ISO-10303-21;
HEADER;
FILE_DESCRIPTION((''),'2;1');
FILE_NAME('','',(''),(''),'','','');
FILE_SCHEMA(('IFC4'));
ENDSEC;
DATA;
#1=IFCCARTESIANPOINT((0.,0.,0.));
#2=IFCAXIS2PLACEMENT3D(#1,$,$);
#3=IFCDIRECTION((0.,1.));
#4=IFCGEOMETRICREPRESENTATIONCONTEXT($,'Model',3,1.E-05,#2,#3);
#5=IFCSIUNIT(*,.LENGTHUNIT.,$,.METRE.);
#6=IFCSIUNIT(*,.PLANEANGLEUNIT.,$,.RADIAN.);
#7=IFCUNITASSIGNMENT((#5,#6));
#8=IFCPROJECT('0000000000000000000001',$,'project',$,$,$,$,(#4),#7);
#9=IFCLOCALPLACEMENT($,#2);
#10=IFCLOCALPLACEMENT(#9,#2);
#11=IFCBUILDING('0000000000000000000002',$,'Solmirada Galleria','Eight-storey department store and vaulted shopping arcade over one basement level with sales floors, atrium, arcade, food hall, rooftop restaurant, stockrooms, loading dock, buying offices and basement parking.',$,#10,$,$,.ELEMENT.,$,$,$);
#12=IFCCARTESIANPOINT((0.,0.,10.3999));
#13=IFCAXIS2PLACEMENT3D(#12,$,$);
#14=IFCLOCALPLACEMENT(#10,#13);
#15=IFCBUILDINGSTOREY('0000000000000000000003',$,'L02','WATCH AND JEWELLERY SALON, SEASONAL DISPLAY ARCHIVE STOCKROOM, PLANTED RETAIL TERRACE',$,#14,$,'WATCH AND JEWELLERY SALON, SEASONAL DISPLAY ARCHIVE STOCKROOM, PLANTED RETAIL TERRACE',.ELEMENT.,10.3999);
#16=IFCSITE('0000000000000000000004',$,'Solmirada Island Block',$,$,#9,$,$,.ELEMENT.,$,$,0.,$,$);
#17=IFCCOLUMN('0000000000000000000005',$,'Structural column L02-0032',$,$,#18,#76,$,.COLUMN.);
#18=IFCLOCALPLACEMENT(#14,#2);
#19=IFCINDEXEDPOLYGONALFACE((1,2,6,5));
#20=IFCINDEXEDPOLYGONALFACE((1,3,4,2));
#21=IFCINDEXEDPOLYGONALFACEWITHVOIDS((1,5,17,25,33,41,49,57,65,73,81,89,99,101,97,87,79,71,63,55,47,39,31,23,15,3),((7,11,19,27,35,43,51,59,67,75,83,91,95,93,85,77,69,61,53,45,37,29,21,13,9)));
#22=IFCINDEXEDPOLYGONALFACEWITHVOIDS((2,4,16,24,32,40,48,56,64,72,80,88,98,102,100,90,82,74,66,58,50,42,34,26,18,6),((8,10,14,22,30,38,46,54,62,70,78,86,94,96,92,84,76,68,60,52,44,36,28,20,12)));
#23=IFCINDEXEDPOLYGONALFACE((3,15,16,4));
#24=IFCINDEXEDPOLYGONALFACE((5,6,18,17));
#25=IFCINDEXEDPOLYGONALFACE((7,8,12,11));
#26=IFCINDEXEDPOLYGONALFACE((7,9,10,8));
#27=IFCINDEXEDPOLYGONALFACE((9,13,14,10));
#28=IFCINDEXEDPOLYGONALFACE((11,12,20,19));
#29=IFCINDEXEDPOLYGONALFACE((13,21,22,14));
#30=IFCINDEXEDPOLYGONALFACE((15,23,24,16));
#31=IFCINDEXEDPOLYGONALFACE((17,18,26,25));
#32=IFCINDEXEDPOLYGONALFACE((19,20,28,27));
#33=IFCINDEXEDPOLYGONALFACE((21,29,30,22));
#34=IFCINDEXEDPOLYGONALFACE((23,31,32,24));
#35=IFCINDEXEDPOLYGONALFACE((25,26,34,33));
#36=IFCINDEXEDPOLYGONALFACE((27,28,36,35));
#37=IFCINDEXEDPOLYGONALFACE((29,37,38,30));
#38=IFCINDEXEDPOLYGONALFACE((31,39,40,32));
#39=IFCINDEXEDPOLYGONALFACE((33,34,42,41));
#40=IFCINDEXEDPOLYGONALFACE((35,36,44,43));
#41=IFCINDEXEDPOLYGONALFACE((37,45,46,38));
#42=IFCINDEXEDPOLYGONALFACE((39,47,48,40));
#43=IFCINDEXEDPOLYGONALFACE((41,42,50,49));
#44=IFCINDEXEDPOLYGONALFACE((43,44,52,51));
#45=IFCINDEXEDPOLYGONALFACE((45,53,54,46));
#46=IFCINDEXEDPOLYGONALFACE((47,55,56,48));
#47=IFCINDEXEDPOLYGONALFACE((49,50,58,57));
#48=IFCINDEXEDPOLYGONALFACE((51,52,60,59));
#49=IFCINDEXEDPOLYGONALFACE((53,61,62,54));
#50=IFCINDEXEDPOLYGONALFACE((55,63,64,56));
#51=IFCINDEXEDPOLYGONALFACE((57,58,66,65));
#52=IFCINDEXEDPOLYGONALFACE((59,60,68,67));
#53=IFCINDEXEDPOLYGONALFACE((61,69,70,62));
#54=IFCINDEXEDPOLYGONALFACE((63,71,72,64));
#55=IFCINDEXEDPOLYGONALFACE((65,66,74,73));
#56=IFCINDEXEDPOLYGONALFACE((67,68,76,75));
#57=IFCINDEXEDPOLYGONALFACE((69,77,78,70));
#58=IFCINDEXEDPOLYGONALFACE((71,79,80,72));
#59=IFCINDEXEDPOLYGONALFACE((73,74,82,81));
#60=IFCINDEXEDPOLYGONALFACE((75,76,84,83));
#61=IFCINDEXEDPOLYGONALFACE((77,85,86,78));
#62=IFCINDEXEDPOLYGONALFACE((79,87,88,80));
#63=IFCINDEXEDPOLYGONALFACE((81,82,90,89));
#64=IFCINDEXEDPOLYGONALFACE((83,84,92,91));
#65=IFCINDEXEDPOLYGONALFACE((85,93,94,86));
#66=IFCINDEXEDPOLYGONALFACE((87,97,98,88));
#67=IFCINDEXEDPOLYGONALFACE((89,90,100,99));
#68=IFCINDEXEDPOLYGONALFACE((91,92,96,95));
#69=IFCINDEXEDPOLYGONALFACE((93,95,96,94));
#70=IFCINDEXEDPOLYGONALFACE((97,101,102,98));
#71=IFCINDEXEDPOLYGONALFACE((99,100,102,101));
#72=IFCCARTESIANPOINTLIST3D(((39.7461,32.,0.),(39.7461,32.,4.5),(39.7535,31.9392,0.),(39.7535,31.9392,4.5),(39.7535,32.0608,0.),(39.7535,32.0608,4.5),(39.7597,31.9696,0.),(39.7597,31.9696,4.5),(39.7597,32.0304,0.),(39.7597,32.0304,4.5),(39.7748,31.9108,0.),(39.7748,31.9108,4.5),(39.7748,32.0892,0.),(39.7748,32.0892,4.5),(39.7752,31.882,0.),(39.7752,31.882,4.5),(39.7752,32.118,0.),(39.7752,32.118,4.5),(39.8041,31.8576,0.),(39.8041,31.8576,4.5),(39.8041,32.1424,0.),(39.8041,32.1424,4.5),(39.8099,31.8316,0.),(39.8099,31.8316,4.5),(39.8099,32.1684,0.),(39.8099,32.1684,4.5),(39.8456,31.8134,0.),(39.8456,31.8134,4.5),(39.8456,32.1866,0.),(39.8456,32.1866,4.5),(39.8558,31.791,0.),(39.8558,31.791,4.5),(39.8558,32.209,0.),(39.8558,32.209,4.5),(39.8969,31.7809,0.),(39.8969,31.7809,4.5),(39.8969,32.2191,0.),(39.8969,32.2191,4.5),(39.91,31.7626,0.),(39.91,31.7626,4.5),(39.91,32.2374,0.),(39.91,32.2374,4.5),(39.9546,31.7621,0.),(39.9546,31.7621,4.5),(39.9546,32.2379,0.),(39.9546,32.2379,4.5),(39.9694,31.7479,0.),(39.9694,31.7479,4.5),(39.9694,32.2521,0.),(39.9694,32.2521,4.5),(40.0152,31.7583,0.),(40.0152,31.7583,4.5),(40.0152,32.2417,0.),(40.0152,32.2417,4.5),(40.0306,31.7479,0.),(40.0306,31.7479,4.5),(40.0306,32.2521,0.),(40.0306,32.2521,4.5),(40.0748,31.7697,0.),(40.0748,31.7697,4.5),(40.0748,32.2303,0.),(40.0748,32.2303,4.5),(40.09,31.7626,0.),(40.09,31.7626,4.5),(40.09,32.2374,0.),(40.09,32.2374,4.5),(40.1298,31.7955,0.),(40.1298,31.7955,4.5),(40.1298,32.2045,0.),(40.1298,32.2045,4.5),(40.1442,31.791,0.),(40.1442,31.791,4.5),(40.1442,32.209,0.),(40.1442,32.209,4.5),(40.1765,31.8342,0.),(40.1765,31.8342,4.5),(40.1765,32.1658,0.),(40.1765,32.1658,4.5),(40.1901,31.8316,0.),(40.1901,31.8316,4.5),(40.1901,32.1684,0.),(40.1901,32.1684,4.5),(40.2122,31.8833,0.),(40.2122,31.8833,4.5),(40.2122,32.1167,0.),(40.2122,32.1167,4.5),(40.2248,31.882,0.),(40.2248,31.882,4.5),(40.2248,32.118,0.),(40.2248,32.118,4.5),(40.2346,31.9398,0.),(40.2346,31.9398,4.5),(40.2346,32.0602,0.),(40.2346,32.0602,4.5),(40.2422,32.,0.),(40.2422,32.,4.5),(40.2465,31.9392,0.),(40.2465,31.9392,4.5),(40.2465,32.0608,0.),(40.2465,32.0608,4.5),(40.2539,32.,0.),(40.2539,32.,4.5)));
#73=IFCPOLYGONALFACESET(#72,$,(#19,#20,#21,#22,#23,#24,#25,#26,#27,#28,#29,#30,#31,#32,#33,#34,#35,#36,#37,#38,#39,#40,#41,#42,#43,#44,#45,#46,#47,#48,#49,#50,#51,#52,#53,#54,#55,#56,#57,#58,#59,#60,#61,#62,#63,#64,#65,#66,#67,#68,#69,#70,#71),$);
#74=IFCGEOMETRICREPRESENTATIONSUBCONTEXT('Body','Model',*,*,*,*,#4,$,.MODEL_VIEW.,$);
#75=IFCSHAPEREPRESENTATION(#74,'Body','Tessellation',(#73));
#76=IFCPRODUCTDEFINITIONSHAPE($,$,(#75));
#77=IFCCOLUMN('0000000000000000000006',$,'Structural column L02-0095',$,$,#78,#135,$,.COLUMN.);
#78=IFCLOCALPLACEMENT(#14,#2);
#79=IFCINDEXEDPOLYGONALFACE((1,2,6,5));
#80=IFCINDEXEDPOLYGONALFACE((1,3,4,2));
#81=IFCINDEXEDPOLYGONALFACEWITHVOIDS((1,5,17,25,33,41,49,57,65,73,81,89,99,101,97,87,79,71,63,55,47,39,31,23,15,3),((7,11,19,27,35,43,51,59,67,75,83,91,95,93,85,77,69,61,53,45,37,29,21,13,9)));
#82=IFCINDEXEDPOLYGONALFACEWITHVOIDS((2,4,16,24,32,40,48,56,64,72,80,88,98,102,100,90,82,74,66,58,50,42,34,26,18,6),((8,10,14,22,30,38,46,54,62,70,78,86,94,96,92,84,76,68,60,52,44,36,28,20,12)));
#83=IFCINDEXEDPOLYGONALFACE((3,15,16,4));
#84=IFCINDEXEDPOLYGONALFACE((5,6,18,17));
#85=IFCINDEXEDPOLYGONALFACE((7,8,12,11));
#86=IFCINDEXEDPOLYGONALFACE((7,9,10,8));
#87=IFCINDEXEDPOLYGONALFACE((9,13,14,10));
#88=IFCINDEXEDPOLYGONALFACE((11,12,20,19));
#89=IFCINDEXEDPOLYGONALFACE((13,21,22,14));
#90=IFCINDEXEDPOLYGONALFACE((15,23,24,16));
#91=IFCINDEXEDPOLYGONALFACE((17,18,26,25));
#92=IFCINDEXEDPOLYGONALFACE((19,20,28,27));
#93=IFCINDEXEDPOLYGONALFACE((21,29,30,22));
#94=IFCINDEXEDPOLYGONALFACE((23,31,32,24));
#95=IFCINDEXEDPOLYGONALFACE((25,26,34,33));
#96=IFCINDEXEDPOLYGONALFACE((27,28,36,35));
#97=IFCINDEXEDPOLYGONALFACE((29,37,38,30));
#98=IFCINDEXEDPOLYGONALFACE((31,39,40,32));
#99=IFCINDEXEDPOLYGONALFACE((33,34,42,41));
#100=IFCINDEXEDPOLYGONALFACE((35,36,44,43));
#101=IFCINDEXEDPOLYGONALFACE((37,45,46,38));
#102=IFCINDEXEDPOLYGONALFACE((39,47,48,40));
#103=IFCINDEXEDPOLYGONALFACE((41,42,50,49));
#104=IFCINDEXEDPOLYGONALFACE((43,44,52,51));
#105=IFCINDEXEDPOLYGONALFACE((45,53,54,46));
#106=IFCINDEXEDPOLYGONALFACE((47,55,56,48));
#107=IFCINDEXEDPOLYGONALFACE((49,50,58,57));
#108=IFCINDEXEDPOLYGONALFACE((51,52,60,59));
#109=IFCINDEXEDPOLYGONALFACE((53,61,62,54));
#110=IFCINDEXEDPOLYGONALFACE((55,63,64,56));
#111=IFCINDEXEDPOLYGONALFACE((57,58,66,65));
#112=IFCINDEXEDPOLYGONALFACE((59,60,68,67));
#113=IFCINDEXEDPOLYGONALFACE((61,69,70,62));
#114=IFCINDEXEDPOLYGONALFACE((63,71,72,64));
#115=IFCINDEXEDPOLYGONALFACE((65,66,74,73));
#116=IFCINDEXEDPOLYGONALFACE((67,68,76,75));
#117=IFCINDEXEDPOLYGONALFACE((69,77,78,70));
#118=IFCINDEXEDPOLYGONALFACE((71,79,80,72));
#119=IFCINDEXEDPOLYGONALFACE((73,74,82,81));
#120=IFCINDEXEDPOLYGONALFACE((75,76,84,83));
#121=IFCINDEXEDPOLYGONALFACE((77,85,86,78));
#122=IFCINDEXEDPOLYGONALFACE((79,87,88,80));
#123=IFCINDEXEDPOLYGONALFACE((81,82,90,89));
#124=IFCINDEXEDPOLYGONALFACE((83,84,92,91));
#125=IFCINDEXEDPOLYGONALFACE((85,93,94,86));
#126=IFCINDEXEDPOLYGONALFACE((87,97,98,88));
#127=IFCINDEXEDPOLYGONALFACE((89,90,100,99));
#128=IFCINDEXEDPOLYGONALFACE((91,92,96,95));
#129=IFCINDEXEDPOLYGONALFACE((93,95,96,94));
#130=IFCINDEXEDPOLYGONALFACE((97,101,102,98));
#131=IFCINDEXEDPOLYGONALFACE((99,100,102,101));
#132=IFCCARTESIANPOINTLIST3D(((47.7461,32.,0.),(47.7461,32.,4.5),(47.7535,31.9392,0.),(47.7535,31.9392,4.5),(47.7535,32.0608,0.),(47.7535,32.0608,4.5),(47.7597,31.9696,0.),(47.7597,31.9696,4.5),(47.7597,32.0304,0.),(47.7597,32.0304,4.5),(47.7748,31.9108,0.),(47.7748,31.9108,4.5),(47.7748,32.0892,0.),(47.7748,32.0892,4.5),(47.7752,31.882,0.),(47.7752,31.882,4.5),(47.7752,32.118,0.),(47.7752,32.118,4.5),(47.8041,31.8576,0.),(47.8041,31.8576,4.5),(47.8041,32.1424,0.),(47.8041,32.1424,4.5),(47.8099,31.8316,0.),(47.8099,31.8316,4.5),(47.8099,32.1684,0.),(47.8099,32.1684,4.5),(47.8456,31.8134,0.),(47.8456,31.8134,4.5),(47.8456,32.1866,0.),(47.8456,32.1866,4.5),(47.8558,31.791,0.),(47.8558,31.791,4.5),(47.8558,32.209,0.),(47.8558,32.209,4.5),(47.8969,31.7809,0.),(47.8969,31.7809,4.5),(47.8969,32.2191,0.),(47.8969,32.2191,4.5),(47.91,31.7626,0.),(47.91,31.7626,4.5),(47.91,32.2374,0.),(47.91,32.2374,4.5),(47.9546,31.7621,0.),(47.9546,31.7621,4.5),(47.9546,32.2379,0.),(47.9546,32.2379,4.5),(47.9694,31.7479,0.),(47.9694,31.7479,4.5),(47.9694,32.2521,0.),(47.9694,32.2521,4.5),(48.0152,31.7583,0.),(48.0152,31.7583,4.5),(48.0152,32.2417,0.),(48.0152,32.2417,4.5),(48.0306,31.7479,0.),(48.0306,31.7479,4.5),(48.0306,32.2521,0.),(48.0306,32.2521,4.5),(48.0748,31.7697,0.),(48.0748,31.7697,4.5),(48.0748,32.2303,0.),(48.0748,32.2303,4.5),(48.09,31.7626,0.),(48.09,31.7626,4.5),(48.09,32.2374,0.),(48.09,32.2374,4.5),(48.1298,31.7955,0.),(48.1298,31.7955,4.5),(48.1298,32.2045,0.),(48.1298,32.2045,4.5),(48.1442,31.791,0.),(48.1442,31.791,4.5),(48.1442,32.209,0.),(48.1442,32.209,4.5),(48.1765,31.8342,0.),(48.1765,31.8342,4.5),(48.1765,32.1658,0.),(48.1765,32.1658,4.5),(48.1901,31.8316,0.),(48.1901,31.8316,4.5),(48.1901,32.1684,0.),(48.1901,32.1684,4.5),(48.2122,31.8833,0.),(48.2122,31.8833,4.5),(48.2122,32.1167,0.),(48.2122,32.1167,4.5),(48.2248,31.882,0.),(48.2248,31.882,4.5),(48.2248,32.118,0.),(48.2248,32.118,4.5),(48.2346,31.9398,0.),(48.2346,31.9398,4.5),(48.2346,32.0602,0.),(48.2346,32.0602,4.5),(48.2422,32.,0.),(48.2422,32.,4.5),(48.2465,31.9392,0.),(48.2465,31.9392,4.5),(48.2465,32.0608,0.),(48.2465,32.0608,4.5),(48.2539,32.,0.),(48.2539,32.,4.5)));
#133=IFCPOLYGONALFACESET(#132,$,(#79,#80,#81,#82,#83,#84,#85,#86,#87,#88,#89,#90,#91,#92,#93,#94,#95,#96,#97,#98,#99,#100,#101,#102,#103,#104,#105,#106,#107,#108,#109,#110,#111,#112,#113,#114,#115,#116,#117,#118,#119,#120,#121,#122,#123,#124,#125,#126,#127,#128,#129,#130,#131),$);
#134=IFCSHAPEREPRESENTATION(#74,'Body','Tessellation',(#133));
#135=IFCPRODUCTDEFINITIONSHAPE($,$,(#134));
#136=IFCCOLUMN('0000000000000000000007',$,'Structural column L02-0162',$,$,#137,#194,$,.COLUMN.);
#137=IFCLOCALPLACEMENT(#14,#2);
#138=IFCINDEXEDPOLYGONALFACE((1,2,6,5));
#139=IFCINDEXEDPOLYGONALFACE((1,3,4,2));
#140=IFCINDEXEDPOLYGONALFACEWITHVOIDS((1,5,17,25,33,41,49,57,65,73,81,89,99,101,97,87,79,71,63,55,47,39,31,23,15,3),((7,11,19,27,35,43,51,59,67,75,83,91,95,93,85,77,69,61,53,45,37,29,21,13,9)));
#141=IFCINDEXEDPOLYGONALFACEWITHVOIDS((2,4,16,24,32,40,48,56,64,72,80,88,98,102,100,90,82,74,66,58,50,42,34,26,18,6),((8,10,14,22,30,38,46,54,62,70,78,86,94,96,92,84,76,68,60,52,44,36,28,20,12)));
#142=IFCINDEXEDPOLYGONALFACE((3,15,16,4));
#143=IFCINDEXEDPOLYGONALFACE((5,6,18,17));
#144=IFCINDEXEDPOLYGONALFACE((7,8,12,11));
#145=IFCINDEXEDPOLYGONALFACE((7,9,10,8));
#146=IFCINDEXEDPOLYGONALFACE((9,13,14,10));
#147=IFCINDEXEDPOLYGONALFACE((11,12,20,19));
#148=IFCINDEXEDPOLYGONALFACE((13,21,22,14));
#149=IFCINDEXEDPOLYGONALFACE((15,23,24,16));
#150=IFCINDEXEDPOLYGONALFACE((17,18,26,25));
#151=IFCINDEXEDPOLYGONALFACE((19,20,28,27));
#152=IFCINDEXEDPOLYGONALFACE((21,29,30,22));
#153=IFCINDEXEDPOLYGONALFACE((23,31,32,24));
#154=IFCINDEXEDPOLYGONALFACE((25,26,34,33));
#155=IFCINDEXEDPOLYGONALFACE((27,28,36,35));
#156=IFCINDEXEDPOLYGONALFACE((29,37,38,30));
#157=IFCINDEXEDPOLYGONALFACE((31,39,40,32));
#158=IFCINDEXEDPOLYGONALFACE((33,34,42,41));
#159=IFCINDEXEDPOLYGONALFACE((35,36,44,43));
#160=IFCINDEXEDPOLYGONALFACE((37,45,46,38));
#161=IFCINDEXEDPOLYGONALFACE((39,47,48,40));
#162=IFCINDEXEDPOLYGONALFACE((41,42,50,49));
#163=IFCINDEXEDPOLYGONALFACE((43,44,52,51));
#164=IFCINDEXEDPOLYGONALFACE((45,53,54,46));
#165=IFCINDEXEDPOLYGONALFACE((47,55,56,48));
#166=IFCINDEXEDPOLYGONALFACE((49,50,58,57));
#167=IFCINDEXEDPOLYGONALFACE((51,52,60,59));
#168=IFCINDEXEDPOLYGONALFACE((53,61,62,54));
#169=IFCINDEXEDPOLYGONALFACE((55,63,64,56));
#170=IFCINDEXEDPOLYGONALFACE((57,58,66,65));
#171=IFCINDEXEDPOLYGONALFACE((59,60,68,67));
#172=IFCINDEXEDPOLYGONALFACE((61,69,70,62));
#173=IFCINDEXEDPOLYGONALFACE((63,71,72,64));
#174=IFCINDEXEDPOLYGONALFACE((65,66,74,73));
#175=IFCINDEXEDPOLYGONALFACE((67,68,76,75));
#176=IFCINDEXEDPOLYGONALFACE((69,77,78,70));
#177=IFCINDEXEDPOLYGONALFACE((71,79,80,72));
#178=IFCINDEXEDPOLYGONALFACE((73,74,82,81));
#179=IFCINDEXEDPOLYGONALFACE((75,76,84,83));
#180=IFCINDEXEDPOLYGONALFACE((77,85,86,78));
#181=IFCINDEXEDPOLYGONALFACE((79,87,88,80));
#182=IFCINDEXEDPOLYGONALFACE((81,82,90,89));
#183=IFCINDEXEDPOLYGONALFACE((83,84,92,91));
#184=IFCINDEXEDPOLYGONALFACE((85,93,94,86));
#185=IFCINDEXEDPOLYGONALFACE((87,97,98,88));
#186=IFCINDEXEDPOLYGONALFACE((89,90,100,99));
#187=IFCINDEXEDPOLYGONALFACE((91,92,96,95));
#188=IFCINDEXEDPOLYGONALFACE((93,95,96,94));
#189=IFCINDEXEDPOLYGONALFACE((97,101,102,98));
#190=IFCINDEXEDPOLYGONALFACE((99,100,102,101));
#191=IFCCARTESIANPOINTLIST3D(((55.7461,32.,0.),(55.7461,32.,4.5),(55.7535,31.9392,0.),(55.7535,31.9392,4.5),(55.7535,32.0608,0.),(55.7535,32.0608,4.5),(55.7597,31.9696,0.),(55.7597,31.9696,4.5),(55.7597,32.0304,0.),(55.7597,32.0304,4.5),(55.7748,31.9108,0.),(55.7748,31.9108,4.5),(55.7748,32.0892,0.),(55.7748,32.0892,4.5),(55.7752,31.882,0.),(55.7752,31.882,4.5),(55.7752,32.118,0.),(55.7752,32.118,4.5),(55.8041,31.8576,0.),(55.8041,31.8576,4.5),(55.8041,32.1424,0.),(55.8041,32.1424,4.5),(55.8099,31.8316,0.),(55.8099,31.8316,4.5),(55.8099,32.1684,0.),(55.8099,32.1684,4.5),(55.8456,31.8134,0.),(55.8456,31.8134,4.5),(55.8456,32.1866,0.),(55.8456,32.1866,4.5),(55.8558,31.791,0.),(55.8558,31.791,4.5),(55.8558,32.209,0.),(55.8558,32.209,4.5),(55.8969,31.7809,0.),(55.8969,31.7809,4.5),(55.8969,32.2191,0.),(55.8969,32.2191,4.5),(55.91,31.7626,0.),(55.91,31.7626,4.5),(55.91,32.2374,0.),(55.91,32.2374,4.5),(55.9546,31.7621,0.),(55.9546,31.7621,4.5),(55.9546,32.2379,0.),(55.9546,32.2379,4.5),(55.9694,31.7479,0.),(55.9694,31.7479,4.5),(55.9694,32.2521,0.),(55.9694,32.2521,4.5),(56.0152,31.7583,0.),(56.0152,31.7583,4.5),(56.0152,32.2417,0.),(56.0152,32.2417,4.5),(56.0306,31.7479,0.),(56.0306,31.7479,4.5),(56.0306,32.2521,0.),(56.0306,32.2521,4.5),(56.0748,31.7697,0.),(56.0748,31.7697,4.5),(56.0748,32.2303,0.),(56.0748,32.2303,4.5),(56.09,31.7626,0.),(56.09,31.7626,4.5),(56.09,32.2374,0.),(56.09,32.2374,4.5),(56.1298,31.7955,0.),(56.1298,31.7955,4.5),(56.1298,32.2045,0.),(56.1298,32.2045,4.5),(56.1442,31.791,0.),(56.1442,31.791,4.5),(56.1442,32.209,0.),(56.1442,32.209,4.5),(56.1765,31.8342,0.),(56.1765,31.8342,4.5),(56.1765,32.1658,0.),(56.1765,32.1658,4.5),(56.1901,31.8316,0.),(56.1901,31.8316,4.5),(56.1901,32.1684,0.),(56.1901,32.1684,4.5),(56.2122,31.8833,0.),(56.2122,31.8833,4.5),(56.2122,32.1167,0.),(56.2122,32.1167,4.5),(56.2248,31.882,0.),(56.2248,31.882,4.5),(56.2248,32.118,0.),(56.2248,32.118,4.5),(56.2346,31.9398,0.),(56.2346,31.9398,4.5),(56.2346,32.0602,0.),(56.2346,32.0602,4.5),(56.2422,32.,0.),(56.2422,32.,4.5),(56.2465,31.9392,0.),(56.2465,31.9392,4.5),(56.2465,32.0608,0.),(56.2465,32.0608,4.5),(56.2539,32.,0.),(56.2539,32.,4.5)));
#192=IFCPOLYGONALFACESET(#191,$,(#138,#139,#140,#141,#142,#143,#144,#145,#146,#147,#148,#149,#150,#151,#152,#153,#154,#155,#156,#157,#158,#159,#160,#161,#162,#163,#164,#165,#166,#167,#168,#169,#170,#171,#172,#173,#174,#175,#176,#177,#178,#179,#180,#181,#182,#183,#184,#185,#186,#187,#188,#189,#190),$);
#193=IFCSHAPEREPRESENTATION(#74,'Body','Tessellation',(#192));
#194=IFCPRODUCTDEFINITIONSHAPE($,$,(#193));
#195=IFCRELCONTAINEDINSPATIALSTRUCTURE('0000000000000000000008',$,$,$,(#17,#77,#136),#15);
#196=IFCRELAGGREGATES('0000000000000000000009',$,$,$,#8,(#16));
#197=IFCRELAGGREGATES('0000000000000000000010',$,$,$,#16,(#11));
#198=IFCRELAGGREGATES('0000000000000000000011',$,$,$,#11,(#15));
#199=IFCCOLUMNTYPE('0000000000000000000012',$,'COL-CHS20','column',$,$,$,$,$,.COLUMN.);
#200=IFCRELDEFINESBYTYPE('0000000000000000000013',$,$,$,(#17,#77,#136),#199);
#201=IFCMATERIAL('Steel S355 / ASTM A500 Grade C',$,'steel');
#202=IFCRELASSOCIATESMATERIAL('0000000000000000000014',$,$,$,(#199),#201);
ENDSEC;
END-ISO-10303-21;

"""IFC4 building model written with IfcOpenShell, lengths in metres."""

from ifc_helpers import new_model, si_unit, direction, frame, origin, origin_2d, place, context, subcontext, project, spatial, hollow_circle, extrude, material, material_profile, profile_set, type_object, element, save


model = new_model("IFC4")

# Units and contexts
model_context = context("Model", 3, precision=1e-05, world=origin(), true_north=direction((0.0, 1.0)))
body_context = subcontext(model_context, "Body", "Model", "MODEL_VIEW")
ifc_project = project(units=[si_unit("LENGTHUNIT", "METRE"), si_unit("PLANEANGLEUNIT", "RADIAN")], contexts=[model_context])

# Site, building, storey
site_placement = place(None, origin())
site = spatial("IfcSite", under=ifc_project, at=site_placement, Name="Solmirada Island Block", CompositionType="ELEMENT", RefElevation=0.0)
building_placement = place(site_placement, origin())
building = spatial("IfcBuilding", under=site, at=building_placement, Name="Solmirada Galleria", Description="Eight-storey department store and vaulted shopping arcade over one basement level with sales floors, atrium, arcade, food hall, rooftop restaurant, stockrooms, loading dock, buying offices and basement parking.", CompositionType="ELEMENT")
storey_placement = place(building_placement, frame((0.0, 0.0, 10.3999)))
storey = spatial("IfcBuildingStorey", under=building, at=storey_placement, Name="L02", Description="WATCH AND JEWELLERY SALON, SEASONAL DISPLAY ARCHIVE STOCKROOM, PLANTED RETAIL TERRACE", LongName="WATCH AND JEWELLERY SALON, SEASONAL DISPLAY ARCHIVE STOCKROOM, PLANTED RETAIL TERRACE", CompositionType="ELEMENT", Elevation=10.3999)

# Columns
ifc_material_1 = material(Name="Steel S355 / ASTM A500 Grade C", Category="steel")
ifc_material_profile = material_profile(ifc_material_1, hollow_circle(Radius=0.2539, WallThickness=0.0117, at=origin_2d()), Name="HSS20.000X0.500")
ifc_profile_set = profile_set([ifc_material_profile], Name="Steel S355 / ASTM A500 Grade C")
column_type = type_object("IfcColumnType", Name="COL-CHS20", Description="column", PredefinedType="COLUMN", material=ifc_profile_set)
for number, where, z_axis, x_axis, name in (
    (1, (40.0, 32.0, 0.0), (0.0, 0.0, 1.0), (1.0, 0.0, 0.0), "Structural column L02-0032"),
    (2, (48.0, 32.0, 0.0), (0.0, 0.0, 1.0), (1.0, 0.0, 0.0), "Structural column L02-0095"),
    (3, (56.0, 32.0, 0.0), (0.0, 0.0, 1.0), (1.0, 0.0, 0.0), "Structural column L02-0162"),
):
    element("IfcColumn", number, at=place(storey_placement, frame(where, z_axis=z_axis, x_axis=x_axis)), inside=storey, type_object=column_type, Name=name, PredefinedType="COLUMN", context=body_context, shape_type="SweptSolid", body=[
        extrude(hollow_circle(Radius=0.2539, WallThickness=0.0117, at=origin_2d()), origin(), (0.0, 0.0, 1.0), 4.5),
    ])

save(model, "model.ifc")
